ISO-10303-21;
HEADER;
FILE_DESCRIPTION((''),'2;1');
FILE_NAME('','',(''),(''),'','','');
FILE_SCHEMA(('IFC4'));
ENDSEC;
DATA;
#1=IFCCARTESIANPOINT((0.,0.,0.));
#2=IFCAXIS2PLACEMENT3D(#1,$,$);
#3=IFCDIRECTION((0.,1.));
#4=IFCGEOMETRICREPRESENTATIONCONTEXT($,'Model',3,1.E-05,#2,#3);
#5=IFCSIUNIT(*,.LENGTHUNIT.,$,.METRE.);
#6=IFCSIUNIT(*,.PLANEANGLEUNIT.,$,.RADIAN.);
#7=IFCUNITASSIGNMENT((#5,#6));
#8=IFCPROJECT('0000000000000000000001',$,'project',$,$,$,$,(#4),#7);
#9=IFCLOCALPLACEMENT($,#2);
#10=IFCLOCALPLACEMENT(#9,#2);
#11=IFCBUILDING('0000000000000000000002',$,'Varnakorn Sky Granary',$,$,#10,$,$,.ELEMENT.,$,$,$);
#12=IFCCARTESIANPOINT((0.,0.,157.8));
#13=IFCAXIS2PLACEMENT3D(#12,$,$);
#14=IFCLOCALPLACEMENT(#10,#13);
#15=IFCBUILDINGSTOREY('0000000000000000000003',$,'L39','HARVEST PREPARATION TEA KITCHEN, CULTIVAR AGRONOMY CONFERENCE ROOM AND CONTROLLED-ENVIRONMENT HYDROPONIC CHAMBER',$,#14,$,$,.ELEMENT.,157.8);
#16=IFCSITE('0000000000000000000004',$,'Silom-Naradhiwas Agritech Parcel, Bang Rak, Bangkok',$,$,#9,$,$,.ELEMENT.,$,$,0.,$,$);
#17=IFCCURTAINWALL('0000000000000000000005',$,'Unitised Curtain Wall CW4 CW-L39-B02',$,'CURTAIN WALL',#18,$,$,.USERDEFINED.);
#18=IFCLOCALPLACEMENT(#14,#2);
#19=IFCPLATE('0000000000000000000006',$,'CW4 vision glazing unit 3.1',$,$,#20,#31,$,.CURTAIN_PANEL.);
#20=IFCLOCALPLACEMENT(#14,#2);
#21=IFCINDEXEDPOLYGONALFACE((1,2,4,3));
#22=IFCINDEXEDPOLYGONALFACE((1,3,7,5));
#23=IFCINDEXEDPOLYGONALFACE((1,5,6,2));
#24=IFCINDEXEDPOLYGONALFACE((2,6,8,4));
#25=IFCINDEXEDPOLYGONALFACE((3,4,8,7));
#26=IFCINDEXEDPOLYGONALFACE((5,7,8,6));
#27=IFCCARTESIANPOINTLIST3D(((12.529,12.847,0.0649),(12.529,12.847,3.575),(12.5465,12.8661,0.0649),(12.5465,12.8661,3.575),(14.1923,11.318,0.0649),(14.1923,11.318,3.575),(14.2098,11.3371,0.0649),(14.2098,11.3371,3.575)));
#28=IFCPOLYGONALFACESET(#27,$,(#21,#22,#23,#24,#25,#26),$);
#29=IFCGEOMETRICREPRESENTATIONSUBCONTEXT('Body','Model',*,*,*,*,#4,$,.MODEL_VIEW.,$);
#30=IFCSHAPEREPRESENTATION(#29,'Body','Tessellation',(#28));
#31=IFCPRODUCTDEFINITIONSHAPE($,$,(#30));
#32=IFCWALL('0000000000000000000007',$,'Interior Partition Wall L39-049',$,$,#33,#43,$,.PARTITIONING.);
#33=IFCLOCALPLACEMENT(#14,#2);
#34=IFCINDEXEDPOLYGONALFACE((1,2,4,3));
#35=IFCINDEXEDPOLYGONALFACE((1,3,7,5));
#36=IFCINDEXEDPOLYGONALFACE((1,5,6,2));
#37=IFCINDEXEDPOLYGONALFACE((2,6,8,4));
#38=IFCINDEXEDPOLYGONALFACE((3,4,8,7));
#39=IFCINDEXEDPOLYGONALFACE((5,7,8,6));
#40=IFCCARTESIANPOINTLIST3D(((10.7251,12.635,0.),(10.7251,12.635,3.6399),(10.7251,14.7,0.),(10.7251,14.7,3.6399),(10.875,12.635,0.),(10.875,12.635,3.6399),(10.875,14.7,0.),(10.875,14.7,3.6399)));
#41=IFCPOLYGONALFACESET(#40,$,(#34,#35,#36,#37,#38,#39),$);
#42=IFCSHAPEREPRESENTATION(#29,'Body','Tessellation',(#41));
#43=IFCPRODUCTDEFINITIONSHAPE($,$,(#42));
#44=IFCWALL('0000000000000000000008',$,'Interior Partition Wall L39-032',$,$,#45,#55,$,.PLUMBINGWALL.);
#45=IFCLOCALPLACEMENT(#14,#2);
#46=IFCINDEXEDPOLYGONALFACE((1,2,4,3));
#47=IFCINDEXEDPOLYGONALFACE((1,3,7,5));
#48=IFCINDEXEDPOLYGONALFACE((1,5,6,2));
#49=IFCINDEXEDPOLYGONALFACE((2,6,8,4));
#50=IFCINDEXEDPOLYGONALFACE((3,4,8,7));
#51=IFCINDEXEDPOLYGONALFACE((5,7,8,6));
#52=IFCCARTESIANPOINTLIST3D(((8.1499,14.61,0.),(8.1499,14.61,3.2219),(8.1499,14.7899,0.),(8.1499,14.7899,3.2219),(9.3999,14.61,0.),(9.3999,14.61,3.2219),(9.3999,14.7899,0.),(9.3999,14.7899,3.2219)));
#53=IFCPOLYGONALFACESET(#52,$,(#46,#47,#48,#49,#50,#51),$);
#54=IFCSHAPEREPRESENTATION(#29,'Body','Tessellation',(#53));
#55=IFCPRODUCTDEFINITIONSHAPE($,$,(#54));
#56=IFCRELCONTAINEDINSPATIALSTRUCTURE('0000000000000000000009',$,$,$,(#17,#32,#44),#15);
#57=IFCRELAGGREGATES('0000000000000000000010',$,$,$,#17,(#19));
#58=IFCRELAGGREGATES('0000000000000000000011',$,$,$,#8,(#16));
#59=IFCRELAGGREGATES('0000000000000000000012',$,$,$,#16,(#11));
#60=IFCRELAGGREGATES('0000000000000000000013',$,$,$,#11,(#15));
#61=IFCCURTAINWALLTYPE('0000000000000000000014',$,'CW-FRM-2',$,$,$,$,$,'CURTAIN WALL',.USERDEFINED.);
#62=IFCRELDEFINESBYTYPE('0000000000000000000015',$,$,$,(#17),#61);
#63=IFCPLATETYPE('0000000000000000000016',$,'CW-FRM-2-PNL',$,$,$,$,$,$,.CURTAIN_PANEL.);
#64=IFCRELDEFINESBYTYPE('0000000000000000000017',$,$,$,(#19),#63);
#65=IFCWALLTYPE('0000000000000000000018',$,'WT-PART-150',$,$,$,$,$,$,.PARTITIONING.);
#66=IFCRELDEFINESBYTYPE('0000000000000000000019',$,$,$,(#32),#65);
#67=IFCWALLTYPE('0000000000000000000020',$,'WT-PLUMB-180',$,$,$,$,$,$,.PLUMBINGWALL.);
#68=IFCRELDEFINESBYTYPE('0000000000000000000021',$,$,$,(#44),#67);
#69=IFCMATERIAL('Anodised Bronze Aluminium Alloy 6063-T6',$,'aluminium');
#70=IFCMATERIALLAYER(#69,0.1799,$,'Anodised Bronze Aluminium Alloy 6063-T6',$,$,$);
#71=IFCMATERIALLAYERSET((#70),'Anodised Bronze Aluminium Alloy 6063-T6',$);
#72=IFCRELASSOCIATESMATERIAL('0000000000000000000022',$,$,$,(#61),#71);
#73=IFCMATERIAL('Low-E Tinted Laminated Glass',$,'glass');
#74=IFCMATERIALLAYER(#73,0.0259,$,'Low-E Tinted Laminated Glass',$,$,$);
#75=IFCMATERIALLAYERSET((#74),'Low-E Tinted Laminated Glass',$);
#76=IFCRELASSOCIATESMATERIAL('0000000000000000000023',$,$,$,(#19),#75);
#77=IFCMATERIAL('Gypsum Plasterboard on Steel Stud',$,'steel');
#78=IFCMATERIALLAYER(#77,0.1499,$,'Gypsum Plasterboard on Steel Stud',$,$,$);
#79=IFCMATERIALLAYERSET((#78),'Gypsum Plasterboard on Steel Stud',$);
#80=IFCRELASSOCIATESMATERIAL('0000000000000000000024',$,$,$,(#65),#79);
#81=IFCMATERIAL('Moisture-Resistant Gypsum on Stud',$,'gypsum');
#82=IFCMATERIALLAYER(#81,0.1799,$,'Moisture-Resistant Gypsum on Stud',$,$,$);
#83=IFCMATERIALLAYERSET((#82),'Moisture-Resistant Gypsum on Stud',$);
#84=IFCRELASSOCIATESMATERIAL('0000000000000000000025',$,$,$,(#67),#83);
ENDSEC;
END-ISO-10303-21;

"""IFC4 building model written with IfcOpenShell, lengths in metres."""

from ifc_helpers import new_model, si_unit, direction, frame, frame_2d, origin, origin_2d, place, context, subcontext, project, spatial, rectangle, extrude, source, transform, mapped, material, layer, layer_set, type_object, element, aggregate, save


model = new_model("IFC4")

# Units and contexts
model_context = context("Model", 3, precision=1e-05, world=origin(), true_north=direction((0.0, 1.0)))
body_context = subcontext(model_context, "Body", "Model", "MODEL_VIEW")
ifc_project = project(units=[si_unit("LENGTHUNIT", "METRE"), si_unit("PLANEANGLEUNIT", "RADIAN")], contexts=[model_context])

# Site, building, storey
site_placement = place(None, origin())
site = spatial("IfcSite", under=ifc_project, at=site_placement, Name="Silom-Naradhiwas Agritech Parcel, Bang Rak, Bangkok", CompositionType="ELEMENT", RefElevation=0.0)
building_placement = place(site_placement, origin())
building = spatial("IfcBuilding", under=site, at=building_placement, Name="Varnakorn Sky Granary", CompositionType="ELEMENT")
storey_placement = place(building_placement, frame((0.0, 0.0, 157.8)))
storey = spatial("IfcBuildingStorey", under=building, at=storey_placement, Name="L39", Description="HARVEST PREPARATION TEA KITCHEN, CULTIVAR AGRONOMY CONFERENCE ROOM AND CONTROLLED-ENVIRONMENT HYDROPONIC CHAMBER", CompositionType="ELEMENT", Elevation=157.8)

# Shared definitions
ifc_material_1 = material(Name="Anodised Bronze Aluminium Alloy 6063-T6", Category="aluminium")
ifc_layer_1 = layer(ifc_material_1, 0.1799, Name="Anodised Bronze Aluminium Alloy 6063-T6")
ifc_layer_set_1 = layer_set([ifc_layer_1], Name="Anodised Bronze Aluminium Alloy 6063-T6")
curtain_wall_type = type_object("IfcCurtainWallType", Name="CW-FRM-2", ElementType="CURTAIN WALL", PredefinedType="USERDEFINED", material=ifc_layer_set_1)

# Curtain wall
curtain_wall_1_placement = place(storey_placement, origin())
curtain_wall_1 = element("IfcCurtainWall", 1, at=curtain_wall_1_placement, inside=storey, type_object=curtain_wall_type, Name="Unitised Curtain Wall CW4 CW-L39-B02", ObjectType="CURTAIN WALL", PredefinedType="USERDEFINED")

# Plate
plate_type = type_object("IfcPlateType", Name="CW-FRM-2-PNL", PredefinedType="CURTAIN_PANEL")
ifc_material_2 = material(Name="Low-E Tinted Laminated Glass", Category="glass")
ifc_layer_2 = layer(ifc_material_2, 0.0259, Name="Low-E Tinted Laminated Glass")
ifc_layer_set_2 = layer_set([ifc_layer_2], Name="Low-E Tinted Laminated Glass")
shared_shape_1 = source(origin(), body_context, "Body", "SweptSolid", [
    extrude(rectangle(XDim=2.2593, YDim=0.0259, at=origin_2d()), origin(), (0.0, 0.0, 1.0), 3.51),
])
plate_1_placement = place(storey_placement, frame((13.3694, 12.092, 0.0649), z_axis=(0.0, 0.0, 1.0), x_axis=(0.736205, -0.676758, 0.0)))
plate_1 = element("IfcPlate", 2, at=plate_1_placement, type_object=plate_type, material=ifc_layer_set_2, Name="CW4 vision glazing unit 3.1", PredefinedType="CURTAIN_PANEL", context=body_context, shape_type="MappedRepresentation", body=[
    mapped(shared_shape_1, transform((0.0, 0.0, 0.0), x_axis=(1.0, 0.0, 0.0), y_axis=(0.0, 1.0, 0.0), z_axis=(0.0, 0.0, 1.0), scale=1.0)),
])
aggregate(curtain_wall_1, [plate_1])

# Walls
ifc_material_3 = material(Name="Gypsum Plasterboard on Steel Stud", Category="steel")
ifc_layer_3 = layer(ifc_material_3, 0.1499, Name="Gypsum Plasterboard on Steel Stud")
ifc_layer_set_3 = layer_set([ifc_layer_3], Name="Gypsum Plasterboard on Steel Stud")
wall_type_1 = type_object("IfcWallType", Name="WT-PART-150", PredefinedType="PARTITIONING", material=ifc_layer_set_3)
wall_1_placement = place(storey_placement, frame((10.8, 12.635, 0.0), z_axis=(0.0, 0.0, 1.0), x_axis=(0.0, 1.0, 0.0)))
element("IfcWall", 3, at=wall_1_placement, inside=storey, type_object=wall_type_1, Name="Interior Partition Wall L39-049", PredefinedType="PARTITIONING", context=body_context, shape_type="SweptSolid", body=[
    extrude(rectangle(XDim=2.0649, YDim=0.1499, at=frame_2d((1.0325, 0.0))), origin(), (0.0, 0.0, 1.0), 3.6399),
])
ifc_material_4 = material(Name="Moisture-Resistant Gypsum on Stud", Category="gypsum")
ifc_layer_4 = layer(ifc_material_4, 0.1799, Name="Moisture-Resistant Gypsum on Stud")
ifc_layer_set_4 = layer_set([ifc_layer_4], Name="Moisture-Resistant Gypsum on Stud")
wall_type_2 = type_object("IfcWallType", Name="WT-PLUMB-180", PredefinedType="PLUMBINGWALL", material=ifc_layer_set_4)
wall_2_placement = place(storey_placement, frame((9.3999, 14.7, 0.0), z_axis=(0.0, 0.0, 1.0), x_axis=(-1.0, 0.0, 0.0)))
element("IfcWall", 4, at=wall_2_placement, inside=storey, type_object=wall_type_2, Name="Interior Partition Wall L39-032", PredefinedType="PLUMBINGWALL", context=body_context, shape_type="SweptSolid", body=[
    extrude(rectangle(XDim=1.25, YDim=0.1799, at=frame_2d((0.625, 0.0))), origin(), (0.0, 0.0, 1.0), 3.2219),
])

save(model, "model.ifc")
